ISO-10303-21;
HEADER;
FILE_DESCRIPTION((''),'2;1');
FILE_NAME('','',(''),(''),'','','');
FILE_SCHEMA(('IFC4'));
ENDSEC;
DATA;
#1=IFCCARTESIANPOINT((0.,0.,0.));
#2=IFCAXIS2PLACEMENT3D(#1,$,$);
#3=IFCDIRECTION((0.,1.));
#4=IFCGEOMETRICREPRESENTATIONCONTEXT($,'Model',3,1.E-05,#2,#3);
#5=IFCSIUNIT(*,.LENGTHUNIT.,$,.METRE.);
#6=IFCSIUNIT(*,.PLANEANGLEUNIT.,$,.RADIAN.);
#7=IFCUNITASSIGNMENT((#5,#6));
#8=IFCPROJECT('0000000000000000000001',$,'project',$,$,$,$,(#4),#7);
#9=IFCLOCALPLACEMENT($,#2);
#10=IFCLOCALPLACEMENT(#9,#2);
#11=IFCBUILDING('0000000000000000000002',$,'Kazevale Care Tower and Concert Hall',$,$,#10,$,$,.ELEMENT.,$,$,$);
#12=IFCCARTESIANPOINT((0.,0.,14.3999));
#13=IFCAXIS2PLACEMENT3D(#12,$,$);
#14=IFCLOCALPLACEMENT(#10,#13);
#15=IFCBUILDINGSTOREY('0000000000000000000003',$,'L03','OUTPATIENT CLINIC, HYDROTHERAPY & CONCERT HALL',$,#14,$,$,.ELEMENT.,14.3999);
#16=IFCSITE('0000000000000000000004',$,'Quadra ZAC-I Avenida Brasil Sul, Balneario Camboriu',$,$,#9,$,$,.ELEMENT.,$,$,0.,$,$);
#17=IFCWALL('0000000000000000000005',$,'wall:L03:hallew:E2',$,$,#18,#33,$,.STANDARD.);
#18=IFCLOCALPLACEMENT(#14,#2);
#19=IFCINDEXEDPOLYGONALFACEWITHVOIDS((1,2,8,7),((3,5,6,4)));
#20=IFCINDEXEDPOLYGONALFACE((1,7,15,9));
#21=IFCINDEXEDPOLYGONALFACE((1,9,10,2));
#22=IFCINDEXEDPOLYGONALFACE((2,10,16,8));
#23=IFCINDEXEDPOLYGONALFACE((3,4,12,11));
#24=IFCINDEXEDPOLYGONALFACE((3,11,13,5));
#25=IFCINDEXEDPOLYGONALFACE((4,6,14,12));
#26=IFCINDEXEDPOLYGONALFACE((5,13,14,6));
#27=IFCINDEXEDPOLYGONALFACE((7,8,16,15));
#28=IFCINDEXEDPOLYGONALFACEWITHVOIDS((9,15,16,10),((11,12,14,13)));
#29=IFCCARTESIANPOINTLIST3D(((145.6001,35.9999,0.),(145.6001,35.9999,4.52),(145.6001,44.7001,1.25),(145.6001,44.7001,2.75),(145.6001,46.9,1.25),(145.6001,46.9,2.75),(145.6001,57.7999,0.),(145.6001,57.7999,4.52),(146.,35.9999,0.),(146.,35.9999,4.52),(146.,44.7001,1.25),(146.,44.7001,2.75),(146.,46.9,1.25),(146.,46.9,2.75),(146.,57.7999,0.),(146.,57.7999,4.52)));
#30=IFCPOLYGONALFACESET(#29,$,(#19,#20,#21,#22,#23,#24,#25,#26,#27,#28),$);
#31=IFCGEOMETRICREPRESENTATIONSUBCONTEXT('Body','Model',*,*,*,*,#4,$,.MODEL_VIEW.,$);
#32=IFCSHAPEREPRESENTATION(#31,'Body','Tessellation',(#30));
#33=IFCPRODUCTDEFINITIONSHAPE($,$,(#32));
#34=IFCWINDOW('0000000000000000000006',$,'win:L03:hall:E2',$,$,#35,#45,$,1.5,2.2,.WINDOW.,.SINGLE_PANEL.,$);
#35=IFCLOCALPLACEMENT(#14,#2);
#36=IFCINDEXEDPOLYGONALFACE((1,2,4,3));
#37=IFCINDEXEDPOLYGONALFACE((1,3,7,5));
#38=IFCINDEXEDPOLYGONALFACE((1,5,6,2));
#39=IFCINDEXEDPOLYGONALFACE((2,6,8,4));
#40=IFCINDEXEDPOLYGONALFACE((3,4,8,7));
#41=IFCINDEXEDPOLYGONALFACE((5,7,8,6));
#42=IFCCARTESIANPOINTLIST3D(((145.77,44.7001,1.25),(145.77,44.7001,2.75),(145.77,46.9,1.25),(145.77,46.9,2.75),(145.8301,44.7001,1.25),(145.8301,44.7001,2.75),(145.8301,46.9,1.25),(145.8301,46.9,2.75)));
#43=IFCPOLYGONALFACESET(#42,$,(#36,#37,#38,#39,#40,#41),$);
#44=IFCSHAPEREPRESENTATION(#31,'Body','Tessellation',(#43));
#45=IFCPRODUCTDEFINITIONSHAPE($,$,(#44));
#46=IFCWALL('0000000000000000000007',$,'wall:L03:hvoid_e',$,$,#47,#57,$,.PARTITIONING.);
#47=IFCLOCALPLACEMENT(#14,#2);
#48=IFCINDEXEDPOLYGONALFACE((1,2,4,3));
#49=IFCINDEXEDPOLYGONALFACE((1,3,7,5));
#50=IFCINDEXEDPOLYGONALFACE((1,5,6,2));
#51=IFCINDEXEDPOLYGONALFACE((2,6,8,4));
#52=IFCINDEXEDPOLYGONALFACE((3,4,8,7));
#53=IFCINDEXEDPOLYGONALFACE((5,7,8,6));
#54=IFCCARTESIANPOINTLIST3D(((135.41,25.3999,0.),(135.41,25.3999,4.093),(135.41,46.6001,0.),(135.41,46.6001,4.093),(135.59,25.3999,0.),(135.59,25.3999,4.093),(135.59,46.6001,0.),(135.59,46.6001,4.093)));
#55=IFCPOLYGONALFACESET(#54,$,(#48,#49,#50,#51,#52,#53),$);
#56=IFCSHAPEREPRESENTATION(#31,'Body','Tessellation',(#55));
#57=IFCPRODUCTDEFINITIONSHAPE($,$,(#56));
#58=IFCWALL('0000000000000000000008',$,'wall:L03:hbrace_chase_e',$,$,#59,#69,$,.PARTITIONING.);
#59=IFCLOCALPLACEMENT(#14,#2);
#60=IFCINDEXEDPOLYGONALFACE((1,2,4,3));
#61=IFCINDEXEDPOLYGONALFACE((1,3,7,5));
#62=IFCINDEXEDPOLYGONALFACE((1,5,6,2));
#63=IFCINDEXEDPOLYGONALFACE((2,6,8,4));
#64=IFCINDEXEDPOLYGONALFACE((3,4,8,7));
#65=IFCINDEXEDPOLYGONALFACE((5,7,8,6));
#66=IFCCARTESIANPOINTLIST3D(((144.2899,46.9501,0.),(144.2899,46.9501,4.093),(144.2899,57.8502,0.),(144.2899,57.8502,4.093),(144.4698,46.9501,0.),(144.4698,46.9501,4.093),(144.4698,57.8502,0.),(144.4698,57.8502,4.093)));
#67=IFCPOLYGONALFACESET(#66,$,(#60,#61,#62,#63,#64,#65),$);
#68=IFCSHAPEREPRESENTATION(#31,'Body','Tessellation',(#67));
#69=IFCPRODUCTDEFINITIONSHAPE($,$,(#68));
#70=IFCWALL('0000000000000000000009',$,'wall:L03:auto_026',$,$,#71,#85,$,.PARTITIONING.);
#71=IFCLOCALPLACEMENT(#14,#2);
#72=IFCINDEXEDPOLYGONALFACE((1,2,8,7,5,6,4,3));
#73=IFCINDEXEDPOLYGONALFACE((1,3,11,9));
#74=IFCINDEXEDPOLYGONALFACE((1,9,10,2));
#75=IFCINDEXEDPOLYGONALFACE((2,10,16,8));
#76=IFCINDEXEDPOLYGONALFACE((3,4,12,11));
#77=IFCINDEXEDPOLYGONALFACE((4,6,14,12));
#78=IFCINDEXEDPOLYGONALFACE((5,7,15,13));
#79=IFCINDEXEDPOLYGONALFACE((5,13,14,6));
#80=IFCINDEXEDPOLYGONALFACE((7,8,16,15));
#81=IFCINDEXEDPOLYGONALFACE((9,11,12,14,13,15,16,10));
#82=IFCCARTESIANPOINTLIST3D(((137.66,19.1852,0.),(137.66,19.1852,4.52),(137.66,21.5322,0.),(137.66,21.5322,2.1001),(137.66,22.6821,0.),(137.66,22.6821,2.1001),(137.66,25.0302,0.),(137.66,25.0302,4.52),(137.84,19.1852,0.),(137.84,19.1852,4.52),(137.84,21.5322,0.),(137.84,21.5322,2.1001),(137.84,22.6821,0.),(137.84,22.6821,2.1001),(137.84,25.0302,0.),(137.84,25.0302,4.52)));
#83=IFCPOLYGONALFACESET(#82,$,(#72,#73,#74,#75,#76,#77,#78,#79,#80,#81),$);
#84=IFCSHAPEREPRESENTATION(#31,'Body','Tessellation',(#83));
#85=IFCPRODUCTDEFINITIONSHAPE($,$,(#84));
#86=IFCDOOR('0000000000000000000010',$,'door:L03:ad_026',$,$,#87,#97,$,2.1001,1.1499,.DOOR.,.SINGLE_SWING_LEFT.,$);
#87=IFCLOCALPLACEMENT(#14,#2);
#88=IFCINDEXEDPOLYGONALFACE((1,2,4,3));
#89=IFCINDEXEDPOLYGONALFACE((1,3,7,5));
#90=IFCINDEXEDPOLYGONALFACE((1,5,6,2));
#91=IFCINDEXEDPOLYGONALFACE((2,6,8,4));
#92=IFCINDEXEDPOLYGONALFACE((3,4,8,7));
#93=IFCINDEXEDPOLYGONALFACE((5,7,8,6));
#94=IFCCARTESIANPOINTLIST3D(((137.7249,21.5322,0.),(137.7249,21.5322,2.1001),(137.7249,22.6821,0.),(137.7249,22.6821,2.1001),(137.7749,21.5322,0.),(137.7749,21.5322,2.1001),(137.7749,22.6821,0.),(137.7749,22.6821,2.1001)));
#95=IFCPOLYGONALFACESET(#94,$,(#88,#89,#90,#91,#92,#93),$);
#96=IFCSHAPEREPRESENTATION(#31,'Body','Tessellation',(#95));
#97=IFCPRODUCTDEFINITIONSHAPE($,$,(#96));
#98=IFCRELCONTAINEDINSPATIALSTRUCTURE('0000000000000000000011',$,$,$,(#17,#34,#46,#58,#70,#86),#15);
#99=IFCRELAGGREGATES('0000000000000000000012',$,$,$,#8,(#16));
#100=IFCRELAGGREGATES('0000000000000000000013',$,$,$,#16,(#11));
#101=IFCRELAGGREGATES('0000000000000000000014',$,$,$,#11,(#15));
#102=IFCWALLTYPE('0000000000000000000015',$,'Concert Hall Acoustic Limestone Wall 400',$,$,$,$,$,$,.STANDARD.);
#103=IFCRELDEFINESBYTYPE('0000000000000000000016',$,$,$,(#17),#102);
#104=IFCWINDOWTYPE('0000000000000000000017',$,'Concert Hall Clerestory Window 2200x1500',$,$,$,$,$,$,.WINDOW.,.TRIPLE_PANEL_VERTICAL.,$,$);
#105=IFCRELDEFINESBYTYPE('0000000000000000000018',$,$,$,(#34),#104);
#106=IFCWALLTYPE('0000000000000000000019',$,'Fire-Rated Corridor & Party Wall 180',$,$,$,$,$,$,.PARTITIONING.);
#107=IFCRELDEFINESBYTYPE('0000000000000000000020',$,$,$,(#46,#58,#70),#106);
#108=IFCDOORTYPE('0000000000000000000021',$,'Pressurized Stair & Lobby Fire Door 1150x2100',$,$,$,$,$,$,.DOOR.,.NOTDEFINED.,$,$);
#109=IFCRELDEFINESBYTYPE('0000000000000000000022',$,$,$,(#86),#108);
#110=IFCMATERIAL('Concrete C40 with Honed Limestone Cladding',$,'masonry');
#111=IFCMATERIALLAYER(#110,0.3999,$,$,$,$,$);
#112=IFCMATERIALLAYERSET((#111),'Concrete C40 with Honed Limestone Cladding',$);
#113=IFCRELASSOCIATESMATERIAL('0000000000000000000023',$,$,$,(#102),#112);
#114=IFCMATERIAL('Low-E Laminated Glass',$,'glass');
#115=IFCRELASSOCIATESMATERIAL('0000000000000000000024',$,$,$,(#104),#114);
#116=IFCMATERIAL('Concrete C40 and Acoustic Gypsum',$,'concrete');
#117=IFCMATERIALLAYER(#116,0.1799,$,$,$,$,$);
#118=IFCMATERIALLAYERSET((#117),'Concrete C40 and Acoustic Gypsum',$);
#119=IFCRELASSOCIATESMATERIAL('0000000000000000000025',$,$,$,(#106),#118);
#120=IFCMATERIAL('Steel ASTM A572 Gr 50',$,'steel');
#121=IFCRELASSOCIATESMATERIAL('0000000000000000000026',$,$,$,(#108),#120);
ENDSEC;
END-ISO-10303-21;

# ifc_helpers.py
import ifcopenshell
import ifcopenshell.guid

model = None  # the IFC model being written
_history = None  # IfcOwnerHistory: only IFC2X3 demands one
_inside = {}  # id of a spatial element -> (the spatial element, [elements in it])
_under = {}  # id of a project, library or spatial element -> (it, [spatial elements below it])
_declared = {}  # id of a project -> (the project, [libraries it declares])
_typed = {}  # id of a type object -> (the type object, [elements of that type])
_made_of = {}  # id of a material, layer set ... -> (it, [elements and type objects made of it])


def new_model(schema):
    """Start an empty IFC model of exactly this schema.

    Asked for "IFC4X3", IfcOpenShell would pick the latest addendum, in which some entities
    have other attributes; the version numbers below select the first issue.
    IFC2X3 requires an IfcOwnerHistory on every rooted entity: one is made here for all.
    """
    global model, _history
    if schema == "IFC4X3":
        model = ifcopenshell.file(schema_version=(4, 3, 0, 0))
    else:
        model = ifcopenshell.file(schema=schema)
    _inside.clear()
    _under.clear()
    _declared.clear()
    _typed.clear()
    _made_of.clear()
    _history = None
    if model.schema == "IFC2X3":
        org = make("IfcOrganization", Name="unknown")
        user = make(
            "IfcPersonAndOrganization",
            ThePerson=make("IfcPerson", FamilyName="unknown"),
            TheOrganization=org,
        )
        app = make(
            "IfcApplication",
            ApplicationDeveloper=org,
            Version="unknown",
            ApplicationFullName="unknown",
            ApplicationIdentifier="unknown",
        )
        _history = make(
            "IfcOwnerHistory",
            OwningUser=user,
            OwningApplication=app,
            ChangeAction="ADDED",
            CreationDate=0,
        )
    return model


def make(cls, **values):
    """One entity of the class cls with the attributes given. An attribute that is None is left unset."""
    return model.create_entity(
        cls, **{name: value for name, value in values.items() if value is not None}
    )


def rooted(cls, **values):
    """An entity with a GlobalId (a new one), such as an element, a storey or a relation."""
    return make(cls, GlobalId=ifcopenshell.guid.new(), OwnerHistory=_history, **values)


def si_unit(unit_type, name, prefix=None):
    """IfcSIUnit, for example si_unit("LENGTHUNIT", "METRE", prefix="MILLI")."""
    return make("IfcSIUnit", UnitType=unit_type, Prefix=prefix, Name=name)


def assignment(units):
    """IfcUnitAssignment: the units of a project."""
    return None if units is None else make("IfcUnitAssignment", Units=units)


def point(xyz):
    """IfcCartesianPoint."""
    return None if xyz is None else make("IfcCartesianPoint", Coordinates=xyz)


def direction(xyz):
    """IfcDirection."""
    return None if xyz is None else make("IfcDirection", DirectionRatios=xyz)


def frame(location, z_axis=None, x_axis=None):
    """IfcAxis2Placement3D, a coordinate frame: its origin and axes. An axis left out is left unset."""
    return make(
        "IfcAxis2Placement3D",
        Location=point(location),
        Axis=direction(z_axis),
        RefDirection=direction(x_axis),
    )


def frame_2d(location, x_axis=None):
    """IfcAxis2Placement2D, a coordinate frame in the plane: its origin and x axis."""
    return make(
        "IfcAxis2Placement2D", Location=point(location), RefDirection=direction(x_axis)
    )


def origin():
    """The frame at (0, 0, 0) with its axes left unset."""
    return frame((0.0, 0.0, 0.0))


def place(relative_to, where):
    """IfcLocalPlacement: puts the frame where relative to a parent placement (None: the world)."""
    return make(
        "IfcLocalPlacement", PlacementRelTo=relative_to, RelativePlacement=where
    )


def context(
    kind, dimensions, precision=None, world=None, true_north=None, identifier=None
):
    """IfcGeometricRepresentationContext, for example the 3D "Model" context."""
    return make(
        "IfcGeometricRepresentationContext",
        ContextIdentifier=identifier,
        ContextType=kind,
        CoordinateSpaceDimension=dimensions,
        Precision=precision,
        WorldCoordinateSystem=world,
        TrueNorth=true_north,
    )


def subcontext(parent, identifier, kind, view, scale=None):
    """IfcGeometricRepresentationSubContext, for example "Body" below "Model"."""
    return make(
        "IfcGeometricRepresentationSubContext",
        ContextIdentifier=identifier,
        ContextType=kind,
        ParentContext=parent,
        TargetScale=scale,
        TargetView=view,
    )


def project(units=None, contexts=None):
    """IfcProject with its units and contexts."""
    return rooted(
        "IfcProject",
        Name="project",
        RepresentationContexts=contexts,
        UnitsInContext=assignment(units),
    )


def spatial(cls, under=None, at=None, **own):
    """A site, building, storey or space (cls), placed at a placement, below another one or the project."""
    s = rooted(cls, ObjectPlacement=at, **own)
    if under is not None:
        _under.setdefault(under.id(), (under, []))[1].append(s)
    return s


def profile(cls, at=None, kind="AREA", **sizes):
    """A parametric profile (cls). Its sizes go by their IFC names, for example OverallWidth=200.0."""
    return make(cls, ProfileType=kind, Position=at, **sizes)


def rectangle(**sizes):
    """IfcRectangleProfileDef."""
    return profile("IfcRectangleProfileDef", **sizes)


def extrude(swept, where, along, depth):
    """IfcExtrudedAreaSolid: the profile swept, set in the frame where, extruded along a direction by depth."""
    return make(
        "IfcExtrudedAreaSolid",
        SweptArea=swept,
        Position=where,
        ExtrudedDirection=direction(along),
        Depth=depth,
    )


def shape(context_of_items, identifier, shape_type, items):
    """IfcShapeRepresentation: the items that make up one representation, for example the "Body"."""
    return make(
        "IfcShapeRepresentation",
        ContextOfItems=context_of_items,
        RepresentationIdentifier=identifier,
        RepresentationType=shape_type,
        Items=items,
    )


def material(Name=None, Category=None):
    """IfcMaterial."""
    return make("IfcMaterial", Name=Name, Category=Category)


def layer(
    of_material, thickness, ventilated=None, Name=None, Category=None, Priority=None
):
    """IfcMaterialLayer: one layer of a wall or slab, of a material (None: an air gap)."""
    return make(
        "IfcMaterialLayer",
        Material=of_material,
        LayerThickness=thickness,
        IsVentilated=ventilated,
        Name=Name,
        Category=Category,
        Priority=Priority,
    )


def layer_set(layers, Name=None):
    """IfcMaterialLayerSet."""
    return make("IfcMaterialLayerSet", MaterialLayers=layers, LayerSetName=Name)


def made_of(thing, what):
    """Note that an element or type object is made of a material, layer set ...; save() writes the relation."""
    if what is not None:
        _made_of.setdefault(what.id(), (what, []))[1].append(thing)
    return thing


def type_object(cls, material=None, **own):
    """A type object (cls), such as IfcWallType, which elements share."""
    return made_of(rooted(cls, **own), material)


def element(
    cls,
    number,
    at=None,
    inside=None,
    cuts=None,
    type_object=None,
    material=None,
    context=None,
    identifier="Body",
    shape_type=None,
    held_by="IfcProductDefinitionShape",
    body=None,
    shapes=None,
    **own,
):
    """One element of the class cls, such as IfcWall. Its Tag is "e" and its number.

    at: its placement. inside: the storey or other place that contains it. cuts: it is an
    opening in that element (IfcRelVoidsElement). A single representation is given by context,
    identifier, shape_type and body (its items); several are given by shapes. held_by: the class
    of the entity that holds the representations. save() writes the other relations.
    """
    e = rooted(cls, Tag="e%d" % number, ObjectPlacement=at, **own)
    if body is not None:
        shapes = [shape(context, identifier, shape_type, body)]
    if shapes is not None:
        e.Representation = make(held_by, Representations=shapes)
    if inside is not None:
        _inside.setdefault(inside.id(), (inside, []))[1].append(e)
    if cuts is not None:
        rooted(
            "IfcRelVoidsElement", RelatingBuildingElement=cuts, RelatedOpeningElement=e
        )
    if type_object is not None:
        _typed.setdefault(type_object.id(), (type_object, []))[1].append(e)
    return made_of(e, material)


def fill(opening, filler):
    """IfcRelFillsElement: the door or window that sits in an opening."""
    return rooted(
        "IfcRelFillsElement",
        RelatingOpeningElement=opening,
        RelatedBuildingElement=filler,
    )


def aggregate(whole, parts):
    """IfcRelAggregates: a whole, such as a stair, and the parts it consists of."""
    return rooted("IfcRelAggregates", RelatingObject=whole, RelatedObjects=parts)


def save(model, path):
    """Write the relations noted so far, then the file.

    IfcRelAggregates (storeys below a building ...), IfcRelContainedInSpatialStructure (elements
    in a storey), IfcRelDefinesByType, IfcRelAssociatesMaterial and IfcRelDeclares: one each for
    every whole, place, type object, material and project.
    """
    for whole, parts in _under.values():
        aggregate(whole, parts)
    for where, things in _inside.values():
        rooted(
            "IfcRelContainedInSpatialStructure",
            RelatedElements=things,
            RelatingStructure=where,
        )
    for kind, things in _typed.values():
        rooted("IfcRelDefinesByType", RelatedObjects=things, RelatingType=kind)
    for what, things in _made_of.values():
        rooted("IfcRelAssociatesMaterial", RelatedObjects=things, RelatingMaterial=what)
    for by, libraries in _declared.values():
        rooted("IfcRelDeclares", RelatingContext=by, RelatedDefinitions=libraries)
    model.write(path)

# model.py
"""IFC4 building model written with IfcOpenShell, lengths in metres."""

from ifc_helpers import new_model, si_unit, direction, frame, frame_2d, origin, place, context, subcontext, project, spatial, rectangle, extrude, material, layer, layer_set, type_object, element, fill, save


model = new_model("IFC4")

# Units and contexts
model_context = context("Model", 3, precision=1e-05, world=origin(), true_north=direction((0.0, 1.0)))
body_context = subcontext(model_context, "Body", "Model", "MODEL_VIEW")
ifc_project = project(units=[si_unit("LENGTHUNIT", "METRE"), si_unit("PLANEANGLEUNIT", "RADIAN")], contexts=[model_context])

# Site, building, storey
site_placement = place(None, origin())
site = spatial("IfcSite", under=ifc_project, at=site_placement, Name="Quadra ZAC-I Avenida Brasil Sul, Balneario Camboriu", CompositionType="ELEMENT", RefElevation=0.0)
building_placement = place(site_placement, origin())
building = spatial("IfcBuilding", under=site, at=building_placement, Name="Kazevale Care Tower and Concert Hall", CompositionType="ELEMENT")
storey_placement = place(building_placement, frame((0.0, 0.0, 14.3999)))
storey = spatial("IfcBuildingStorey", under=building, at=storey_placement, Name="L03", Description="OUTPATIENT CLINIC, HYDROTHERAPY & CONCERT HALL", CompositionType="ELEMENT", Elevation=14.3999)

# Shared definitions
ifc_material_1 = material(Name="Steel ASTM A572 Gr 50", Category="steel")

# Wall, opening, window
ifc_material_2 = material(Name="Concrete C40 with Honed Limestone Cladding", Category="masonry")
ifc_layer_1 = layer(ifc_material_2, 0.3999)
ifc_layer_set_1 = layer_set([ifc_layer_1], Name="Concrete C40 with Honed Limestone Cladding")
wall_type_1 = type_object("IfcWallType", Name="Concert Hall Acoustic Limestone Wall 400", PredefinedType="STANDARD", material=ifc_layer_set_1)
wall_1_placement = place(storey_placement, frame((145.8, 36.0, 0.0), z_axis=(0.0, 0.0, 1.0), x_axis=(0.0, 1.0, 0.0)))
wall_1 = element("IfcWall", 1, at=wall_1_placement, inside=storey, type_object=wall_type_1, Name="wall:L03:hallew:E2", PredefinedType="STANDARD", context=body_context, shape_type="SweptSolid", body=[
    extrude(rectangle(XDim=21.8, YDim=0.3999, at=frame_2d((10.8999, 0.0))), origin(), (0.0, 0.0, 1.0), 4.52),
])
opening_1_placement = place(wall_1_placement, frame((8.7, 0.0, 1.25)))
opening_1 = element("IfcOpeningElement", 2, at=opening_1_placement, cuts=wall_1, PredefinedType="OPENING", context=body_context, shape_type="SweptSolid", body=[
    extrude(rectangle(XDim=2.2, YDim=1.5, at=frame_2d((1.1001, 0.75))), frame((0.0, 0.21, 0.0), z_axis=(0.0, -1.0, 0.0), x_axis=(1.0, 0.0, 0.0)), (0.0, 0.0, 1.0), 0.4199),
])
ifc_material_3 = material(Name="Low-E Laminated Glass", Category="glass")
window_type = type_object("IfcWindowType", Name="Concert Hall Clerestory Window 2200x1500", PartitioningType="TRIPLE_PANEL_VERTICAL", PredefinedType="WINDOW", material=ifc_material_3)
window_placement = place(opening_1_placement, origin())
window = element("IfcWindow", 3, at=window_placement, inside=storey, type_object=window_type, Name="win:L03:hall:E2", OverallHeight=1.5, OverallWidth=2.2, PartitioningType="SINGLE_PANEL", PredefinedType="WINDOW", context=body_context, shape_type="SweptSolid", body=[
    extrude(rectangle(XDim=2.2, YDim=1.5, at=frame_2d((1.1001, 0.75))), frame((0.0, 0.03, 0.0), z_axis=(0.0, -1.0, 0.0), x_axis=(1.0, 0.0, 0.0)), (0.0, 0.0, 1.0), 0.0601),
])
fill(opening_1, window)

# Walls
ifc_material_4 = material(Name="Concrete C40 and Acoustic Gypsum", Category="concrete")
ifc_layer_2 = layer(ifc_material_4, 0.1799)
ifc_layer_set_2 = layer_set([ifc_layer_2], Name="Concrete C40 and Acoustic Gypsum")
wall_type_2 = type_object("IfcWallType", Name="Fire-Rated Corridor & Party Wall 180", PredefinedType="PARTITIONING", material=ifc_layer_set_2)
wall_2_placement = place(storey_placement, frame((135.5, 25.3999, 0.0), z_axis=(0.0, 0.0, 1.0), x_axis=(0.0, 1.0, 0.0)))
element("IfcWall", 4, at=wall_2_placement, inside=storey, type_object=wall_type_2, Name="wall:L03:hvoid_e", PredefinedType="PARTITIONING", context=body_context, shape_type="SweptSolid", body=[
    extrude(rectangle(XDim=21.2002, YDim=0.1799, at=frame_2d((10.6001, 0.0))), origin(), (0.0, 0.0, 1.0), 4.093),
])
wall_3_placement = place(storey_placement, frame((144.3799, 46.95, 0.0), z_axis=(0.0, 0.0, 1.0), x_axis=(0.0, 1.0, 0.0)))
element("IfcWall", 5, at=wall_3_placement, inside=storey, type_object=wall_type_2, Name="wall:L03:hbrace_chase_e", PredefinedType="PARTITIONING", context=body_context, shape_type="SweptSolid", body=[
    extrude(rectangle(XDim=10.9001, YDim=0.1799, at=frame_2d((5.4502, 0.0))), origin(), (0.0, 0.0, 1.0), 4.093),
])

# Wall, opening, door
wall_4_placement = place(storey_placement, frame((137.75, 25.03, 0.0), z_axis=(0.0, 0.0, 1.0), x_axis=(0.0, -1.0, 0.0)))
wall_4 = element("IfcWall", 6, at=wall_4_placement, inside=storey, type_object=wall_type_2, Name="wall:L03:auto_026", PredefinedType="PARTITIONING", context=body_context, shape_type="SweptSolid", body=[
    extrude(rectangle(XDim=5.845, YDim=0.1799, at=frame_2d((2.9224, 0.0))), origin(), (0.0, 0.0, 1.0), 4.52),
])
opening_2_placement = place(wall_4_placement, frame((2.3479, 0.0, 0.0)))
opening_2 = element("IfcOpeningElement", 7, at=opening_2_placement, cuts=wall_4, PredefinedType="OPENING", context=body_context, shape_type="SweptSolid", body=[
    extrude(rectangle(XDim=1.1499, YDim=2.1001, at=frame_2d((0.575, 1.05))), frame((0.0, 0.0999, 0.0), z_axis=(0.0, -1.0, 0.0), x_axis=(1.0, 0.0, 0.0)), (0.0, 0.0, 1.0), 0.2),
])
door_type = type_object("IfcDoorType", Name="Pressurized Stair & Lobby Fire Door 1150x2100", OperationType="NOTDEFINED", PredefinedType="DOOR", material=ifc_material_1)
door_placement = place(opening_2_placement, origin())
door = element("IfcDoor", 8, at=door_placement, inside=storey, type_object=door_type, Name="door:L03:ad_026", OperationType="SINGLE_SWING_LEFT", OverallHeight=2.1001, OverallWidth=1.1499, PredefinedType="DOOR", context=body_context, shape_type="SweptSolid", body=[
    extrude(rectangle(XDim=1.1499, YDim=2.1001, at=frame_2d((0.575, 1.05))), frame((0.0, 0.0249, 0.0), z_axis=(0.0, -1.0, 0.0), x_axis=(1.0, 0.0, 0.0)), (0.0, 0.0, 1.0), 0.05),
])
fill(opening_2, door)

save(model, "model.ifc")
